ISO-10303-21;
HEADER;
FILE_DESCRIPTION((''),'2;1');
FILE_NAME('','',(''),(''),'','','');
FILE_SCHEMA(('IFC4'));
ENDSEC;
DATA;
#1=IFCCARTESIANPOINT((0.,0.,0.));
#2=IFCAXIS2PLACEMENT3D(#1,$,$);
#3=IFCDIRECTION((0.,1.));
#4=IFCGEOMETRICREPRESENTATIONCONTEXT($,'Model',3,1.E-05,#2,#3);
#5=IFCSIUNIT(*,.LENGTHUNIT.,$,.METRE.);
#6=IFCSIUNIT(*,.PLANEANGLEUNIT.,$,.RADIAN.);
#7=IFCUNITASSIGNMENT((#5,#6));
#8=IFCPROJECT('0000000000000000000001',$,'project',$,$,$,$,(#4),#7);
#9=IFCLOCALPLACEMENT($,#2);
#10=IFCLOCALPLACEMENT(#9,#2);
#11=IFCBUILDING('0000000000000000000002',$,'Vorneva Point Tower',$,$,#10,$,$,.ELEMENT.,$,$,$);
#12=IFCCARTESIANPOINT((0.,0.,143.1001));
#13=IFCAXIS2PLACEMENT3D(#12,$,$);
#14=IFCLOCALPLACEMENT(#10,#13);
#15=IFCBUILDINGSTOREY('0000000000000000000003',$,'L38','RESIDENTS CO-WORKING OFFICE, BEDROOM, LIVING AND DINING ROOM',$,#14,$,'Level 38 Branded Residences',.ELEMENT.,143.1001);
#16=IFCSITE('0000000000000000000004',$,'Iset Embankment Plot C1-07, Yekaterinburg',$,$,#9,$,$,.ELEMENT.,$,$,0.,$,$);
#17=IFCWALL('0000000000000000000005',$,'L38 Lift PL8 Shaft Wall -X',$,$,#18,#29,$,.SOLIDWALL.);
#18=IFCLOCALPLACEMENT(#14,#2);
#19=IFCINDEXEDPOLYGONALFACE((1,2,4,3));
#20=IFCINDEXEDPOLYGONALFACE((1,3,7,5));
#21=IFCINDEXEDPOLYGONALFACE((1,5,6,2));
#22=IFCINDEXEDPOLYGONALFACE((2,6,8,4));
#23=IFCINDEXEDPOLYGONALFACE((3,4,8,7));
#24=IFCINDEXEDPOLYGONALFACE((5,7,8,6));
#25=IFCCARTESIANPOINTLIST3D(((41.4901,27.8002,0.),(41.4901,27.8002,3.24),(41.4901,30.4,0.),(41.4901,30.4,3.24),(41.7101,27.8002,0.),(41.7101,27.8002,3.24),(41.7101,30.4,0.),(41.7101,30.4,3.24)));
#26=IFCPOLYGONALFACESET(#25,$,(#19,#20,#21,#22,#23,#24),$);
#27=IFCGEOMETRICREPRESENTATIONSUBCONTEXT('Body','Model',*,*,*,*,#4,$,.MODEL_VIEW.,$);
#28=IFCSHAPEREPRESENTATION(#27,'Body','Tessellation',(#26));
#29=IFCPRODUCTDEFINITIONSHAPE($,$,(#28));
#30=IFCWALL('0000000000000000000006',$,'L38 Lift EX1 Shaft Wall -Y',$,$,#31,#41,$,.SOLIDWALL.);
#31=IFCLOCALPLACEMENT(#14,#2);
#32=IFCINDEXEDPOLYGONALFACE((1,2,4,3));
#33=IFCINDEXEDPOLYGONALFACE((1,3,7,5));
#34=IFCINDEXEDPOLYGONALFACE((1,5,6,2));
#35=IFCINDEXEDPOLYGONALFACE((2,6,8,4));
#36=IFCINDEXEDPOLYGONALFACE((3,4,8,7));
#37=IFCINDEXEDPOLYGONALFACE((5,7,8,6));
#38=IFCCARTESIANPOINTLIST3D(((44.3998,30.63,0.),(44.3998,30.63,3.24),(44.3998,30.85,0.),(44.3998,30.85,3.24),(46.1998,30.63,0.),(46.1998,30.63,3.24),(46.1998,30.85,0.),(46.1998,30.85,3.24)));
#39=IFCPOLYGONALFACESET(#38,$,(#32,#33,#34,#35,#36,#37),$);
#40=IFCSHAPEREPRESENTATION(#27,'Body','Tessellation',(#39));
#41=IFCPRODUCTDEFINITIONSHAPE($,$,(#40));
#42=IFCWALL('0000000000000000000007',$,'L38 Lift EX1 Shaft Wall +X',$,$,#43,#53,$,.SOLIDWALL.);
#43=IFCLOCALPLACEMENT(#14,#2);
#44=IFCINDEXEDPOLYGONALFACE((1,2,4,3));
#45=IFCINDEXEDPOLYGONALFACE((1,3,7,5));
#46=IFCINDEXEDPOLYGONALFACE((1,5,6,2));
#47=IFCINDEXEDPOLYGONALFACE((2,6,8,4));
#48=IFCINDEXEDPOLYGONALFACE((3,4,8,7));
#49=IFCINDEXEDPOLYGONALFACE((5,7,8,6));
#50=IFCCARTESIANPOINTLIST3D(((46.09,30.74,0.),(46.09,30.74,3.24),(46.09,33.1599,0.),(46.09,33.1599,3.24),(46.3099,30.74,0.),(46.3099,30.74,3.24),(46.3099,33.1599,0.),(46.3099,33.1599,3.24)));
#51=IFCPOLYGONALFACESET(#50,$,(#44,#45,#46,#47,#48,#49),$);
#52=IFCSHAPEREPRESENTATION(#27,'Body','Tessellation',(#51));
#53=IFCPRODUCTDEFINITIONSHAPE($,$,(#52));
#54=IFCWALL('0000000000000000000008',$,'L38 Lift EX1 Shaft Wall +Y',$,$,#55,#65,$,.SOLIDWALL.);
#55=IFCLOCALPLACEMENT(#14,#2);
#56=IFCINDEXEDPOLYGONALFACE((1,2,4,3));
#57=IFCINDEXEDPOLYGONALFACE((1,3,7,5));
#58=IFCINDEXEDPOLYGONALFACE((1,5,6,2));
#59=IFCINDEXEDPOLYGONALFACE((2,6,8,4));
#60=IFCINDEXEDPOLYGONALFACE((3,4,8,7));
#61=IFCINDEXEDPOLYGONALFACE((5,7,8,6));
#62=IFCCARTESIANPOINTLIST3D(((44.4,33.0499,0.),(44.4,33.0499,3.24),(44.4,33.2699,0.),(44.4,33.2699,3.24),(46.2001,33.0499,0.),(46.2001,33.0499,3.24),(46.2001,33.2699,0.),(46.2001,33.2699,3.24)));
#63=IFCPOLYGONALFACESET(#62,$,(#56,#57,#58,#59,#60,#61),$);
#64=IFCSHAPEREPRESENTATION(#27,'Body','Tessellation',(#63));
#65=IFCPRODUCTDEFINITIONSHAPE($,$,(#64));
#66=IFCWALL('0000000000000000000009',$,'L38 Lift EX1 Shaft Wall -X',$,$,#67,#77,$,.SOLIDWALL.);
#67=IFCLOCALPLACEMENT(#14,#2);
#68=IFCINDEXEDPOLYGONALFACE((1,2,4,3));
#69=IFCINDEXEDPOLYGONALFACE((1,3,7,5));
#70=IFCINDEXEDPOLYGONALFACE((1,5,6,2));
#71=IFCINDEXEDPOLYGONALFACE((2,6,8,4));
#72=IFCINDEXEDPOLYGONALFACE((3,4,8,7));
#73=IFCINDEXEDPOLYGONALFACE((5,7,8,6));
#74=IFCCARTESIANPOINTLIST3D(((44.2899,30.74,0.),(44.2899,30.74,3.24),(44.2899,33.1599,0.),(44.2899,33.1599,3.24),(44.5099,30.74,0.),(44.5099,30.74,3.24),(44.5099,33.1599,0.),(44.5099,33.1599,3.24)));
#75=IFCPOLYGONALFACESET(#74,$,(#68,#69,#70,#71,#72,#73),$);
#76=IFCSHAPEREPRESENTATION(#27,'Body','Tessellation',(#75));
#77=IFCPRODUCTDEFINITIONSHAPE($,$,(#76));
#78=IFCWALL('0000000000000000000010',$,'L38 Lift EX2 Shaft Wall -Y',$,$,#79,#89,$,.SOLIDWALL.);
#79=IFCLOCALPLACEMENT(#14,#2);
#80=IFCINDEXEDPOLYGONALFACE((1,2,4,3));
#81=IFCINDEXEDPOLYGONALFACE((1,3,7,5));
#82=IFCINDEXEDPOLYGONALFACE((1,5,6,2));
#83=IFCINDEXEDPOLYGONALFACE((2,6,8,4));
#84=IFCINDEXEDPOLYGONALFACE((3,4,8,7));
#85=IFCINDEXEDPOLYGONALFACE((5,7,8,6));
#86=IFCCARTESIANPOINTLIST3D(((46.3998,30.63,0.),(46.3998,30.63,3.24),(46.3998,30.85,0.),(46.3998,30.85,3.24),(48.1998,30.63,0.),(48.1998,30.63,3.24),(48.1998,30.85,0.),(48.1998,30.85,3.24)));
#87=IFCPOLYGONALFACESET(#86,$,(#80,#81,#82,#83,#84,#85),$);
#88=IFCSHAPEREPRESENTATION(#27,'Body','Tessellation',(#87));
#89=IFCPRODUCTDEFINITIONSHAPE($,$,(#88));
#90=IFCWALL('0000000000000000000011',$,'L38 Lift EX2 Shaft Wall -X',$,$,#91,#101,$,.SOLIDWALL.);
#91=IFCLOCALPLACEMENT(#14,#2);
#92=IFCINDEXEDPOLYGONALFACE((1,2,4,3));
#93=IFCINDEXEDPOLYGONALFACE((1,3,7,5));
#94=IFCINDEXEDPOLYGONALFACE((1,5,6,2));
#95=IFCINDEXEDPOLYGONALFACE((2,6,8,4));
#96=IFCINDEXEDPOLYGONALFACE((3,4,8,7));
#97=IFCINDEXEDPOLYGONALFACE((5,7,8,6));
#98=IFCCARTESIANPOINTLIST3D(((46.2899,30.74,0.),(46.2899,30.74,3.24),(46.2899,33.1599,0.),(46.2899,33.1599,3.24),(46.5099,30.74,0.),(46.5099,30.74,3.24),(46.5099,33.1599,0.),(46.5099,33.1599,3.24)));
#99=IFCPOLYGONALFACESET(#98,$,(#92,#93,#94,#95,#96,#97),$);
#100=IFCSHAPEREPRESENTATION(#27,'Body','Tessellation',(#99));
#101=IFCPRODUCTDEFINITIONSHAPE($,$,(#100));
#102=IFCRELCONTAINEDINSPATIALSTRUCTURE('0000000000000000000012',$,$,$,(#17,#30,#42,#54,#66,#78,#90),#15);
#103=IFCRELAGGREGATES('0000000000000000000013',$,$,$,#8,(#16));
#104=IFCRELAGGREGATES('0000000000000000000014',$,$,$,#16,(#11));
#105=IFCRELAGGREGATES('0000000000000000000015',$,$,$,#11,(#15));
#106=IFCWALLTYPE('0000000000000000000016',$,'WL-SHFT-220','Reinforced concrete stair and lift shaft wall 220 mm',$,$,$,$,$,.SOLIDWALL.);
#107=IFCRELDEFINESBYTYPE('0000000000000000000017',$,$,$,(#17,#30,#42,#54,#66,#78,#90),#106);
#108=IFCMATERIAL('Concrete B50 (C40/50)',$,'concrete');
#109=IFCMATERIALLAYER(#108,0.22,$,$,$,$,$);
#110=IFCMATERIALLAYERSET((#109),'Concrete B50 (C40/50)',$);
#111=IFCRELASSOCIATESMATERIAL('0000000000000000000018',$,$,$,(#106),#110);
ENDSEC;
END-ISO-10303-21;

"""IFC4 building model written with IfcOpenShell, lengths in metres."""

from ifc_helpers import new_model, si_unit, direction, frame, frame_2d, origin, place, context, subcontext, project, spatial, rectangle, extrude, material, layer, layer_set, type_object, element, save


model = new_model("IFC4")

# Units and contexts
model_context = context("Model", 3, precision=1e-05, world=origin(), true_north=direction((0.0, 1.0)))
body_context = subcontext(model_context, "Body", "Model", "MODEL_VIEW")
ifc_project = project(units=[si_unit("LENGTHUNIT", "METRE"), si_unit("PLANEANGLEUNIT", "RADIAN")], contexts=[model_context])

# Site, building, storey
site_placement = place(None, origin())
site = spatial("IfcSite", under=ifc_project, at=site_placement, Name="Iset Embankment Plot C1-07, Yekaterinburg", CompositionType="ELEMENT", RefElevation=0.0)
building_placement = place(site_placement, origin())
building = spatial("IfcBuilding", under=site, at=building_placement, Name="Vorneva Point Tower", CompositionType="ELEMENT")
storey_placement = place(building_placement, frame((0.0, 0.0, 143.1001)))
storey = spatial("IfcBuildingStorey", under=building, at=storey_placement, Name="L38", Description="RESIDENTS CO-WORKING OFFICE, BEDROOM, LIVING AND DINING ROOM", LongName="Level 38 Branded Residences", CompositionType="ELEMENT", Elevation=143.1001)

# Walls
ifc_material_1 = material(Name="Concrete B50 (C40/50)", Category="concrete")
ifc_layer_1 = layer(ifc_material_1, 0.22)
ifc_layer_set_1 = layer_set([ifc_layer_1], Name="Concrete B50 (C40/50)")
wall_type_1 = type_object("IfcWallType", Name="WL-SHFT-220", Description="Reinforced concrete stair and lift shaft wall 220 mm", PredefinedType="SOLIDWALL", material=ifc_layer_set_1)
wall_1_placement = place(storey_placement, frame((41.6001, 30.3999, 0.0), z_axis=(0.0, 0.0, 1.0), x_axis=(0.0, -1.0, 0.0)))
element("IfcWall", 1, at=wall_1_placement, inside=storey, type_object=wall_type_1, Name="L38 Lift PL8 Shaft Wall -X", PredefinedType="SOLIDWALL", context=body_context, shape_type="SweptSolid", body=[
    extrude(rectangle(XDim=2.5999, YDim=0.22, at=frame_2d((1.2998, 0.0))), origin(), (0.0, 0.0, 1.0), 3.24),
])
wall_2_placement = place(storey_placement, frame((44.3999, 30.74, 0.0), z_axis=(0.0, 0.0, 1.0), x_axis=(1.0, 0.0, 0.0)))
element("IfcWall", 2, at=wall_2_placement, inside=storey, type_object=wall_type_1, Name="L38 Lift EX1 Shaft Wall -Y", PredefinedType="SOLIDWALL", context=body_context, shape_type="SweptSolid", body=[
    extrude(rectangle(XDim=1.8, YDim=0.22, at=frame_2d((0.8999, 0.0))), origin(), (0.0, 0.0, 1.0), 3.24),
])
wall_3_placement = place(storey_placement, frame((46.2, 30.74, 0.0), z_axis=(0.0, 0.0, 1.0), x_axis=(0.0, 1.0, 0.0)))
element("IfcWall", 3, at=wall_3_placement, inside=storey, type_object=wall_type_1, Name="L38 Lift EX1 Shaft Wall +X", PredefinedType="SOLIDWALL", context=body_context, shape_type="SweptSolid", body=[
    extrude(rectangle(XDim=2.4199, YDim=0.22, at=frame_2d((1.21, 0.0))), origin(), (0.0, 0.0, 1.0), 3.24),
])
wall_4_placement = place(storey_placement, frame((46.2, 33.1599, 0.0), z_axis=(0.0, 0.0, 1.0), x_axis=(-1.0, 0.0, 0.0)))
element("IfcWall", 4, at=wall_4_placement, inside=storey, type_object=wall_type_1, Name="L38 Lift EX1 Shaft Wall +Y", PredefinedType="SOLIDWALL", context=body_context, shape_type="SweptSolid", body=[
    extrude(rectangle(XDim=1.8, YDim=0.22, at=frame_2d((0.8999, 0.0))), origin(), (0.0, 0.0, 1.0), 3.24),
])
wall_5_placement = place(storey_placement, frame((44.3999, 33.1599, 0.0), z_axis=(0.0, 0.0, 1.0), x_axis=(0.0, -1.0, 0.0)))
element("IfcWall", 5, at=wall_5_placement, inside=storey, type_object=wall_type_1, Name="L38 Lift EX1 Shaft Wall -X", PredefinedType="SOLIDWALL", context=body_context, shape_type="SweptSolid", body=[
    extrude(rectangle(XDim=2.4199, YDim=0.22, at=frame_2d((1.21, 0.0))), origin(), (0.0, 0.0, 1.0), 3.24),
])
wall_6_placement = place(storey_placement, frame((46.3999, 30.74, 0.0), z_axis=(0.0, 0.0, 1.0), x_axis=(1.0, 0.0, 0.0)))
element("IfcWall", 6, at=wall_6_placement, inside=storey, type_object=wall_type_1, Name="L38 Lift EX2 Shaft Wall -Y", PredefinedType="SOLIDWALL", context=body_context, shape_type="SweptSolid", body=[
    extrude(rectangle(XDim=1.8, YDim=0.22, at=frame_2d((0.8999, 0.0))), origin(), (0.0, 0.0, 1.0), 3.24),
])
wall_7_placement = place(storey_placement, frame((46.3999, 33.1599, 0.0), z_axis=(0.0, 0.0, 1.0), x_axis=(0.0, -1.0, 0.0)))
element("IfcWall", 7, at=wall_7_placement, inside=storey, type_object=wall_type_1, Name="L38 Lift EX2 Shaft Wall -X", PredefinedType="SOLIDWALL", context=body_context, shape_type="SweptSolid", body=[
    extrude(rectangle(XDim=2.4199, YDim=0.22, at=frame_2d((1.21, 0.0))), origin(), (0.0, 0.0, 1.0), 3.24),
])

save(model, "model.ifc")
